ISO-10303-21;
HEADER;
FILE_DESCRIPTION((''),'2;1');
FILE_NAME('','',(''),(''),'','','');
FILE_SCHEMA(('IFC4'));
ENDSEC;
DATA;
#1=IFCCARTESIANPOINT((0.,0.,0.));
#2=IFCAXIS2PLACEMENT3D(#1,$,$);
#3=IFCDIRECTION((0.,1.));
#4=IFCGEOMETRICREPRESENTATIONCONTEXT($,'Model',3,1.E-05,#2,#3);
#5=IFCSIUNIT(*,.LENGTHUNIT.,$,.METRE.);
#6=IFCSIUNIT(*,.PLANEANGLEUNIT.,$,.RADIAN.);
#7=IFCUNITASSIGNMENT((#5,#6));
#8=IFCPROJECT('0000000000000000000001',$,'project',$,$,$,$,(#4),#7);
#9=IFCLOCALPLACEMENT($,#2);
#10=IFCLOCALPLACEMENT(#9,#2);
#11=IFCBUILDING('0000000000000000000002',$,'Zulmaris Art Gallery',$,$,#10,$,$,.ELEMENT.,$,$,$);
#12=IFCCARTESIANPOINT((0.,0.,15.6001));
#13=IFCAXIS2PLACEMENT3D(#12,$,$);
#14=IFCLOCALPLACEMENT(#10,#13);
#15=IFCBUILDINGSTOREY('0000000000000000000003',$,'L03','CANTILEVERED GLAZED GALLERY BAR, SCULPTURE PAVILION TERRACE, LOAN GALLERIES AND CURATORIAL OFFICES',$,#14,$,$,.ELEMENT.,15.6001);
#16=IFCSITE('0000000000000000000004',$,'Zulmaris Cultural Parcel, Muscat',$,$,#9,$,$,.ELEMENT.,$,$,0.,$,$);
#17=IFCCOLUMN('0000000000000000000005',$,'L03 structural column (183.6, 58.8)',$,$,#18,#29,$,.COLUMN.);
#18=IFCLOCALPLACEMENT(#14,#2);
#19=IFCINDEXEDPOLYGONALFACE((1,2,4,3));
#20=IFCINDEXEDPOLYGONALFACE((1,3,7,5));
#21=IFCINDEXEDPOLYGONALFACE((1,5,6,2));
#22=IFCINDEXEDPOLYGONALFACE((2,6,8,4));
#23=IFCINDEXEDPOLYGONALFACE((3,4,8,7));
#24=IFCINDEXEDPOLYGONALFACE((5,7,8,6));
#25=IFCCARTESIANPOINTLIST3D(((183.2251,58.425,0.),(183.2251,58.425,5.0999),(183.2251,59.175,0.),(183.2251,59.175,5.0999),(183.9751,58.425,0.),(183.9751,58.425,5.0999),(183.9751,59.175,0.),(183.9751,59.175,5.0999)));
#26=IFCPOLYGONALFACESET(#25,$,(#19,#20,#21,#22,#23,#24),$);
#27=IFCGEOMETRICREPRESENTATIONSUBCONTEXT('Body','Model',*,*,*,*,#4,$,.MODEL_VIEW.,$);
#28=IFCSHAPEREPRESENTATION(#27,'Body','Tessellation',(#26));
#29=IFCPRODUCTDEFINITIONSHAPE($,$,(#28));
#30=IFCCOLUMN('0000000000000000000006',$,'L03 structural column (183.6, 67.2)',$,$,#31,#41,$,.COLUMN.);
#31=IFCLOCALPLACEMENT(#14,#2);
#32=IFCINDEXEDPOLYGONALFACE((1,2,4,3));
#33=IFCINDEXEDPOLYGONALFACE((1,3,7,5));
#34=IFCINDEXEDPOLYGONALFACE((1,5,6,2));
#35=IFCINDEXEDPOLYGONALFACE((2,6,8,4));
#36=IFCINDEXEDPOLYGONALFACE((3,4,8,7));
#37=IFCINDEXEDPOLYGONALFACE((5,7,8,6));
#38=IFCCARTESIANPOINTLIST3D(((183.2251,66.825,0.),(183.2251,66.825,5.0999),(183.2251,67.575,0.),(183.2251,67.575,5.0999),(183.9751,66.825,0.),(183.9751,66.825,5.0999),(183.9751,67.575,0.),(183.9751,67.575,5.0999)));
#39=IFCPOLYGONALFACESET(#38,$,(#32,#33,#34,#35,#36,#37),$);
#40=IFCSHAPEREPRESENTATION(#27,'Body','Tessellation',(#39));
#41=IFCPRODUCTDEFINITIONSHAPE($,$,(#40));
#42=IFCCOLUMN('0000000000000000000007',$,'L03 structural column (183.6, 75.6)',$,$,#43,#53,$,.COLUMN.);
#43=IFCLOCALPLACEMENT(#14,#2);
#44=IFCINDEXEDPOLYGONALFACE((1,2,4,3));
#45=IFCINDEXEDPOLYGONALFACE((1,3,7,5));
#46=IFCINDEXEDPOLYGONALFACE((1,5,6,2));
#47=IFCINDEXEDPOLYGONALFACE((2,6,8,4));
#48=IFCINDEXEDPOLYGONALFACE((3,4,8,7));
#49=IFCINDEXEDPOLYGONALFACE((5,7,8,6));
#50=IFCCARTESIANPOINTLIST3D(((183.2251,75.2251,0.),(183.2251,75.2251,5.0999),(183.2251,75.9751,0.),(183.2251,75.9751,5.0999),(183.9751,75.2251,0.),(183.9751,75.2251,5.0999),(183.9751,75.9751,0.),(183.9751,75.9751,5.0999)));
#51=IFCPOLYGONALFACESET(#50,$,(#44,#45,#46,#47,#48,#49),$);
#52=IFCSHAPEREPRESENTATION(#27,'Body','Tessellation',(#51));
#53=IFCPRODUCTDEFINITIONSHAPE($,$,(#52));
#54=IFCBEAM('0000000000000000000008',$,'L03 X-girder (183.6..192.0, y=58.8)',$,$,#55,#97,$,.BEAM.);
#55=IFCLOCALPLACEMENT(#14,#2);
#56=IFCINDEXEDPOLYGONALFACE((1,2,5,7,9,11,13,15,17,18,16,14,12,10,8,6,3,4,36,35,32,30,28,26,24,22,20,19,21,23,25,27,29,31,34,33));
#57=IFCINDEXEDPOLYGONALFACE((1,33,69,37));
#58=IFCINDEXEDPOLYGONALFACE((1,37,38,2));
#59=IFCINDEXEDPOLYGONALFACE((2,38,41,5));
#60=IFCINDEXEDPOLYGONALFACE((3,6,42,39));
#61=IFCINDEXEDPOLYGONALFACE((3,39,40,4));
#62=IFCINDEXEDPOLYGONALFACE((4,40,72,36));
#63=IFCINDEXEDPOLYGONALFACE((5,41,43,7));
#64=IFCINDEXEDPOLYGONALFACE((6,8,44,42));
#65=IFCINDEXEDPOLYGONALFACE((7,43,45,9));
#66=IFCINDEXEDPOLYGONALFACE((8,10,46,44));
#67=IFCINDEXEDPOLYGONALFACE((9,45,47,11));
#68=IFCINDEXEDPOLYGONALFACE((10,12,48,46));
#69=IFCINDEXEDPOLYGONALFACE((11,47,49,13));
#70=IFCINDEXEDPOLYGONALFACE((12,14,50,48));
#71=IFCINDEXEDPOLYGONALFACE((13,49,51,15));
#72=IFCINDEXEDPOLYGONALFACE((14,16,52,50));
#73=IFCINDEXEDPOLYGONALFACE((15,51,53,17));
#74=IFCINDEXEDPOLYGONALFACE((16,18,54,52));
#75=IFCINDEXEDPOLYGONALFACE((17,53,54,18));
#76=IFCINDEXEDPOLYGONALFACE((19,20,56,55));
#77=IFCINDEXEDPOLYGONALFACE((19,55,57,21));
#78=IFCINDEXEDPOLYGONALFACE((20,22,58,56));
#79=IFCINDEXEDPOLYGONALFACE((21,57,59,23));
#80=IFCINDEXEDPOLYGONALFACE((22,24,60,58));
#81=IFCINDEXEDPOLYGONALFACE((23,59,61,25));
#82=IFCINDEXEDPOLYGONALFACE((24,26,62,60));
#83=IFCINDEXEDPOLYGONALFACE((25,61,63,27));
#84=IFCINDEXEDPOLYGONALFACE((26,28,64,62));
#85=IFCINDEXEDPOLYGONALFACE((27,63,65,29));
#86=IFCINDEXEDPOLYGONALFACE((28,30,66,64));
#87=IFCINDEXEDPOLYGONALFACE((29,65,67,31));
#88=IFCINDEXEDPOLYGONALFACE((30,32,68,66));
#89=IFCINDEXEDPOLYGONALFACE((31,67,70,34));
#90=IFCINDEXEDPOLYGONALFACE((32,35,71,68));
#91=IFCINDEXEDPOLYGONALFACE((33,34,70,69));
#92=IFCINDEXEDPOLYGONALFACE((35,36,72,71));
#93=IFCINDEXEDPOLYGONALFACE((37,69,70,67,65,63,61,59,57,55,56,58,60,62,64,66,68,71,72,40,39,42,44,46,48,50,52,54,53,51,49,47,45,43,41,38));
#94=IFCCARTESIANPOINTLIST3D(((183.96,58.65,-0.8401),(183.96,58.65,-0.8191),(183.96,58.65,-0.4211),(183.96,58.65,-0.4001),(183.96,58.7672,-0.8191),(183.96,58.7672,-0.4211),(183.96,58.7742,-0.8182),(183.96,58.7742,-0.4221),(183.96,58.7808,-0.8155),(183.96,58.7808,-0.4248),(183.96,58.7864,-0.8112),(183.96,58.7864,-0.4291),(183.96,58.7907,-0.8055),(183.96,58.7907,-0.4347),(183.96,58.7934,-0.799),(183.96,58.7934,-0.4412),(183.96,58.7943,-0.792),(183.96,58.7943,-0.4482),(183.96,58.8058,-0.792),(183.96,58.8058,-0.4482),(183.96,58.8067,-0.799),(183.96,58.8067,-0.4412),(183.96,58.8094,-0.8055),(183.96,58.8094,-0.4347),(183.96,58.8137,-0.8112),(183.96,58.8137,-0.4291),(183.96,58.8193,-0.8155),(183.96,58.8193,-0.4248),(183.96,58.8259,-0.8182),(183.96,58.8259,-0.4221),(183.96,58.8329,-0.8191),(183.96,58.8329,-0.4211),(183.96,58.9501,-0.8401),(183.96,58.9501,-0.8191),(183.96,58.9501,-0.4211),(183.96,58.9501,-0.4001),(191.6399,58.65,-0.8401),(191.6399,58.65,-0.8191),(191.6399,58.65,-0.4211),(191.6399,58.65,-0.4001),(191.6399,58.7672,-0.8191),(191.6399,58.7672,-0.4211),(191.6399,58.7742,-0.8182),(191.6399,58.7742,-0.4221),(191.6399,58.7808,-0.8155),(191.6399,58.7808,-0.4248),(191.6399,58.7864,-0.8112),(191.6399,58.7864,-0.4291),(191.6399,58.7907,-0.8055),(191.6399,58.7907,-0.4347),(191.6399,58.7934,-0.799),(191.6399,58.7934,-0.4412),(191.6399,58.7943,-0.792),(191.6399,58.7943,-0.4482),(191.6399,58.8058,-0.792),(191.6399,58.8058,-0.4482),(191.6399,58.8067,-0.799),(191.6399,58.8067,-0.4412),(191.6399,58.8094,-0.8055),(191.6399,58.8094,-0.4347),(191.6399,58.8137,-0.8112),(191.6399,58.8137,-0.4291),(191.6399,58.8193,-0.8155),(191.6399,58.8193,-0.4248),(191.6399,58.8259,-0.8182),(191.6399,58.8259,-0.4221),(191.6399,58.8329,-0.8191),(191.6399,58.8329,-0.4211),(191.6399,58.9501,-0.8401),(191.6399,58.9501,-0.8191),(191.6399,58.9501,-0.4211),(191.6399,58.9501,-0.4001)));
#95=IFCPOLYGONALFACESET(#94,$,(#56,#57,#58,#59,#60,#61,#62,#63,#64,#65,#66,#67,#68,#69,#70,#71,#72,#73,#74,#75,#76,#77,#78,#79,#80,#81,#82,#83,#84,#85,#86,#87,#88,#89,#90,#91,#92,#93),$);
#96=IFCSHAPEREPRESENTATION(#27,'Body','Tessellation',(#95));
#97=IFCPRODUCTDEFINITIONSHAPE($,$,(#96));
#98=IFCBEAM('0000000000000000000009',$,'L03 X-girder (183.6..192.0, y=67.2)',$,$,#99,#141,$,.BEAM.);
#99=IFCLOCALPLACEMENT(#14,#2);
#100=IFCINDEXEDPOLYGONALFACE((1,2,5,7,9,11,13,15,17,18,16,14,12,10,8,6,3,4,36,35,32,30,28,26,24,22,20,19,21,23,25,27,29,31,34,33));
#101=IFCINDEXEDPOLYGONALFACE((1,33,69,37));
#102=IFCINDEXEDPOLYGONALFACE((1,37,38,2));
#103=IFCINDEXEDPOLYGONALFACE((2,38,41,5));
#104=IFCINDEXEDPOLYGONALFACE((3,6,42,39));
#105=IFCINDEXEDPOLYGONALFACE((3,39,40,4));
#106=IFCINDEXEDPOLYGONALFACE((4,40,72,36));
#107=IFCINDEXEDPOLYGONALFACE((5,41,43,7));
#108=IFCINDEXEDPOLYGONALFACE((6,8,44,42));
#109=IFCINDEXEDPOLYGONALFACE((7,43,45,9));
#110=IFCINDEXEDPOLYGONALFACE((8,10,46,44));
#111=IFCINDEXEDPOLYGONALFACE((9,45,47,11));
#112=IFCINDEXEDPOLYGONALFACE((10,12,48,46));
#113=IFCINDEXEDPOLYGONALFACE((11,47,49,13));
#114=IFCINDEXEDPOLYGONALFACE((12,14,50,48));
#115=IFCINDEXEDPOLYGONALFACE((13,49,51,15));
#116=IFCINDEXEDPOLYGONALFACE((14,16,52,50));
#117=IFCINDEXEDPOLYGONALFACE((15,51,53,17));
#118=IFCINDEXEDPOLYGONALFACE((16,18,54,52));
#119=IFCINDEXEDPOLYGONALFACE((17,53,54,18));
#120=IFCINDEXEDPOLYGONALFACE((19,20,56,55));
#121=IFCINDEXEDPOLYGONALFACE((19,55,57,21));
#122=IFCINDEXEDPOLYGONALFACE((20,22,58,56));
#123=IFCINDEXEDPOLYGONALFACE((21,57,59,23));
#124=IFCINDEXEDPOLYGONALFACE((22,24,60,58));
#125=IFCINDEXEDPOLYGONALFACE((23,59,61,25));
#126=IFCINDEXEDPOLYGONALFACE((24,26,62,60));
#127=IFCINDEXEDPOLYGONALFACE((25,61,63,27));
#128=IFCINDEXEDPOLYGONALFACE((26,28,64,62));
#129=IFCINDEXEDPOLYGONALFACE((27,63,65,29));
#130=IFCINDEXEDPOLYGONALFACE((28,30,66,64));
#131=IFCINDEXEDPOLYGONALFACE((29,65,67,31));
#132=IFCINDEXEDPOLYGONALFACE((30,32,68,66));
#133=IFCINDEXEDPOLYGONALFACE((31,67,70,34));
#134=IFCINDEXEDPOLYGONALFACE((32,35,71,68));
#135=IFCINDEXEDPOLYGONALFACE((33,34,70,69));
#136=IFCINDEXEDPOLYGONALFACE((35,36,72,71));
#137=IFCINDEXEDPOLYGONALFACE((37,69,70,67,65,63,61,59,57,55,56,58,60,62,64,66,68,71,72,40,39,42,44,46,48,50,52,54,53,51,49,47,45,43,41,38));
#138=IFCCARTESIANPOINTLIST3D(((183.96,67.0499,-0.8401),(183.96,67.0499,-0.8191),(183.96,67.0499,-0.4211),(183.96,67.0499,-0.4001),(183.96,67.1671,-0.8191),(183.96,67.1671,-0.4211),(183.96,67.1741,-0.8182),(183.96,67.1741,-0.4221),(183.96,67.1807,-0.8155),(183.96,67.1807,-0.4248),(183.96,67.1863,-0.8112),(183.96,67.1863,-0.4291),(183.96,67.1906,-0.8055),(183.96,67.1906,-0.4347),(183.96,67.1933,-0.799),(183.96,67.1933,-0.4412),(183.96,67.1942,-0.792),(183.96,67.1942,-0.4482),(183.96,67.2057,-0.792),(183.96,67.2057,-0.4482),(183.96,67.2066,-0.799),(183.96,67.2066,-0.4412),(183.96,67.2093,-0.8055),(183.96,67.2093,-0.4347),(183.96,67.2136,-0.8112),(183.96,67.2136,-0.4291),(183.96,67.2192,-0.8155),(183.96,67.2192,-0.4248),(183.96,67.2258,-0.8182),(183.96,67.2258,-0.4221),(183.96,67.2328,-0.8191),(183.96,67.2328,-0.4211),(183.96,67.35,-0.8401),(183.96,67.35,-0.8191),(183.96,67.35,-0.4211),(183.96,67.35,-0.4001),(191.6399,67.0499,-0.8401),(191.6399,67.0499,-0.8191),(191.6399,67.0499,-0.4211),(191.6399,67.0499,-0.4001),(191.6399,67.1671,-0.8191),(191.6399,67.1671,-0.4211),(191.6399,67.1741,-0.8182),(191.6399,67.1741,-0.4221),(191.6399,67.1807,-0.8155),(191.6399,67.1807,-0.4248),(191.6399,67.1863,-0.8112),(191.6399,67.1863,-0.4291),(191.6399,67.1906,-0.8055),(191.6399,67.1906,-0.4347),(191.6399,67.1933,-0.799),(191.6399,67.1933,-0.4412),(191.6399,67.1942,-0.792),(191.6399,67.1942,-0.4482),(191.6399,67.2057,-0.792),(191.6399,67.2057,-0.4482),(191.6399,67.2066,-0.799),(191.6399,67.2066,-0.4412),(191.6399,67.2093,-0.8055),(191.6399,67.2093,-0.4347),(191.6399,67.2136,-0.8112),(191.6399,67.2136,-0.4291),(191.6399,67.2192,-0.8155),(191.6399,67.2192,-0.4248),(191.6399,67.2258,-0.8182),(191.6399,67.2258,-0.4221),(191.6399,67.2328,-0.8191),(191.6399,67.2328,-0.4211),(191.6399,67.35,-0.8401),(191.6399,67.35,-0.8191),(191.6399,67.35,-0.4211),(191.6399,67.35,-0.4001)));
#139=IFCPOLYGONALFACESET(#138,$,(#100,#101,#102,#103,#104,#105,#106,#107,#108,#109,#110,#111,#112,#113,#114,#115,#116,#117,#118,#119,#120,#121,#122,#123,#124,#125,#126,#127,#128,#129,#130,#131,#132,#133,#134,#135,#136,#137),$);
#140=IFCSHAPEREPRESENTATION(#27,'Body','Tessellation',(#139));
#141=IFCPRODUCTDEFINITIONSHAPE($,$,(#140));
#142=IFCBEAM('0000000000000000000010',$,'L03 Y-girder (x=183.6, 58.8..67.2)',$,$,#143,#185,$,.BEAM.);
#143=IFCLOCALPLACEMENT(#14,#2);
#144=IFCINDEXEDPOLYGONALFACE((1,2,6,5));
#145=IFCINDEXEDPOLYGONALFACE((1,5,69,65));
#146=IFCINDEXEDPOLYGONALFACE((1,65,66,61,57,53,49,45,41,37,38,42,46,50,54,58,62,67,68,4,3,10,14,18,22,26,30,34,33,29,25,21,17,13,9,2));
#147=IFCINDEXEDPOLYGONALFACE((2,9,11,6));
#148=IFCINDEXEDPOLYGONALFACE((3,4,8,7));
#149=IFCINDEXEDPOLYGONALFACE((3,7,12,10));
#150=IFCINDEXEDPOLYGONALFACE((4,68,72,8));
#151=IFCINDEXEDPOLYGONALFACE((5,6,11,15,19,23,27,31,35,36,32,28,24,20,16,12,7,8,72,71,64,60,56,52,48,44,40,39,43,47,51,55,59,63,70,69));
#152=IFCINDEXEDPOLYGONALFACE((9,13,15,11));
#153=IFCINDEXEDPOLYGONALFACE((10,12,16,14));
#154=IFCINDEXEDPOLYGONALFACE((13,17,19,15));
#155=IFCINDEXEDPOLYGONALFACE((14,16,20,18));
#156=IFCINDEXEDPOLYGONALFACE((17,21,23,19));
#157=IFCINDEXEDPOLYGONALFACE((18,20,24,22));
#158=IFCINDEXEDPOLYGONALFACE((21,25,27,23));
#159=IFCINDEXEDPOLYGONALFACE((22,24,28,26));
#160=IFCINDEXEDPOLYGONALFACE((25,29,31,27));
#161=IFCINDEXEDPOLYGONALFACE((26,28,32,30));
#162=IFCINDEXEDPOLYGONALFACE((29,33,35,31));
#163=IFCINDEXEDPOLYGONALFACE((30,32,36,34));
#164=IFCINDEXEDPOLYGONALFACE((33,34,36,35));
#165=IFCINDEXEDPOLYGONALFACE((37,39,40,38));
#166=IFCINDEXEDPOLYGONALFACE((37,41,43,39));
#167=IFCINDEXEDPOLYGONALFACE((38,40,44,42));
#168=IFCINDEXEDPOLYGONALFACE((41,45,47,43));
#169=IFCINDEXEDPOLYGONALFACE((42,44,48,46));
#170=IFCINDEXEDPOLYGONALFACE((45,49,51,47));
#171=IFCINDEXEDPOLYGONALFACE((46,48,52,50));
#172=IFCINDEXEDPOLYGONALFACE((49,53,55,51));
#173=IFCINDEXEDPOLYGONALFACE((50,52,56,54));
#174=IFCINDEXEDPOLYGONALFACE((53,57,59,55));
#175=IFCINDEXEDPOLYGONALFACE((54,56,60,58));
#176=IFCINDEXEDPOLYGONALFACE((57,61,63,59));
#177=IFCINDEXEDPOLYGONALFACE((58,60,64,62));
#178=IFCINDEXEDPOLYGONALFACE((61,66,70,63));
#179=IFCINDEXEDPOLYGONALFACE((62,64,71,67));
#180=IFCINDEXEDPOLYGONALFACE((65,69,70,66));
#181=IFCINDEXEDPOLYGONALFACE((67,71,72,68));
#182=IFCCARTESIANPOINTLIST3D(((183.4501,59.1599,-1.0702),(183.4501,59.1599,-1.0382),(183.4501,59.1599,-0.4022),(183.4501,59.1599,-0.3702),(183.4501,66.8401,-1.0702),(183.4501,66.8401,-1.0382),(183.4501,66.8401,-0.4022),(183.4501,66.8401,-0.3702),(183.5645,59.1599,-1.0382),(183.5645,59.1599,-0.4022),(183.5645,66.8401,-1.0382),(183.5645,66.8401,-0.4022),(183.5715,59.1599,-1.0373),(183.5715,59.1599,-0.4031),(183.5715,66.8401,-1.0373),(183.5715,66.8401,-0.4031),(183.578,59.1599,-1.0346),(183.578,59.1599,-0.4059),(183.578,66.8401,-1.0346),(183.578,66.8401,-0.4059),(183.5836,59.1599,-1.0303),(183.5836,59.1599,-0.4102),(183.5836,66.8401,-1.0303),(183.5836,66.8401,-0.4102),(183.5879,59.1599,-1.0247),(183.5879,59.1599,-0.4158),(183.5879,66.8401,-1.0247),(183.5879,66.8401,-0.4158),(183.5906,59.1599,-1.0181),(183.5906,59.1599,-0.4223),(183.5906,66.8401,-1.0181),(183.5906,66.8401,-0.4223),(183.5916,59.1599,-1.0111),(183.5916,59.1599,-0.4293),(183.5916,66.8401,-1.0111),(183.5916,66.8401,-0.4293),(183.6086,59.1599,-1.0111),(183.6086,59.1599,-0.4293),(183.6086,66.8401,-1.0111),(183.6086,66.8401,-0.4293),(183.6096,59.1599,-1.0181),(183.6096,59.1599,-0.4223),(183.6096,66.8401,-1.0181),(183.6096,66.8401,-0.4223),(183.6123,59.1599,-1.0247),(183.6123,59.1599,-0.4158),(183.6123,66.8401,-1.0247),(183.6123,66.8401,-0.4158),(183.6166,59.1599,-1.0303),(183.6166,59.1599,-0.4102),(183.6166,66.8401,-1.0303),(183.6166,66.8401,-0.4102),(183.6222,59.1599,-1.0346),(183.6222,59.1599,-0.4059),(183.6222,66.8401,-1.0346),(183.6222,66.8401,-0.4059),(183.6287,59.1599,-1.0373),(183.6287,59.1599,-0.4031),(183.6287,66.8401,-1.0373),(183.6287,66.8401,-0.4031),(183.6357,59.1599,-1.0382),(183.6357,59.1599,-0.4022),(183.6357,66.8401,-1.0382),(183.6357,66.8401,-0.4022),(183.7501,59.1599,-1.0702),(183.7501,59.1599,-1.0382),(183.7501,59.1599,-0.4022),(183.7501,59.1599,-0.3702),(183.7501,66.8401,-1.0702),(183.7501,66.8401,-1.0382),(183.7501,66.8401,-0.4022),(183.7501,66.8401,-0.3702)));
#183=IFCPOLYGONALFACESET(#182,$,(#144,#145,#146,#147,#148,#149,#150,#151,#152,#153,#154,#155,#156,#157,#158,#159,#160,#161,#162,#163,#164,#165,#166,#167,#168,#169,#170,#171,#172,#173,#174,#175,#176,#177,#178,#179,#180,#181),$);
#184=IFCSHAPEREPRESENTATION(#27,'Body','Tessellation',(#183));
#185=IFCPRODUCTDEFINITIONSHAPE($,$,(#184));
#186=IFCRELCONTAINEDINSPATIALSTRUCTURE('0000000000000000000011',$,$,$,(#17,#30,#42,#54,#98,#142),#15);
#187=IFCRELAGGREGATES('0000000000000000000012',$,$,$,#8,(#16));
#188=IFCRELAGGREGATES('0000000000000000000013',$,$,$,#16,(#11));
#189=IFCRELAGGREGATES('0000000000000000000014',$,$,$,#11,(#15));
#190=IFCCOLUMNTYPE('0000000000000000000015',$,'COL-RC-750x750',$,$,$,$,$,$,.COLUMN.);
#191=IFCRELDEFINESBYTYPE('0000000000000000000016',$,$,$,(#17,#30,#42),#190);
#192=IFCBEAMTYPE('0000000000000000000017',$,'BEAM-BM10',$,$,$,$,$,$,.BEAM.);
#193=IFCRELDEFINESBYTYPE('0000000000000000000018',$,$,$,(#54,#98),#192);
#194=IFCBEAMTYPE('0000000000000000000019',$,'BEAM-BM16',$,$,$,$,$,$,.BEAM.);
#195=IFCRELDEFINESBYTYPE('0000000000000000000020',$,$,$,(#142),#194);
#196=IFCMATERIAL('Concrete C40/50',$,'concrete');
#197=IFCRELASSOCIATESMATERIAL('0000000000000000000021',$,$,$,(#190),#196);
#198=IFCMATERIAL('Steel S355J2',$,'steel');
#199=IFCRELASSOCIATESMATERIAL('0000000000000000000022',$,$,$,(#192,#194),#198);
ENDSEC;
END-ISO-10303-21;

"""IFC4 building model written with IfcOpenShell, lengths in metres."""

from ifc_helpers import new_model, si_unit, direction, frame, origin, origin_2d, place, context, subcontext, project, spatial, rectangle, i_section, extrude, material, material_profile, profile_set, type_object, element, save


model = new_model("IFC4")

# Units and contexts
model_context = context("Model", 3, precision=1e-05, world=origin(), true_north=direction((0.0, 1.0)))
body_context = subcontext(model_context, "Body", "Model", "MODEL_VIEW")
ifc_project = project(units=[si_unit("LENGTHUNIT", "METRE"), si_unit("PLANEANGLEUNIT", "RADIAN")], contexts=[model_context])

# Site, building, storey
site_placement = place(None, origin())
site = spatial("IfcSite", under=ifc_project, at=site_placement, Name="Zulmaris Cultural Parcel, Muscat", CompositionType="ELEMENT", RefElevation=0.0)
building_placement = place(site_placement, origin())
building = spatial("IfcBuilding", under=site, at=building_placement, Name="Zulmaris Art Gallery", CompositionType="ELEMENT")
storey_placement = place(building_placement, frame((0.0, 0.0, 15.6001)))
storey = spatial("IfcBuildingStorey", under=building, at=storey_placement, Name="L03", Description="CANTILEVERED GLAZED GALLERY BAR, SCULPTURE PAVILION TERRACE, LOAN GALLERIES AND CURATORIAL OFFICES", CompositionType="ELEMENT", Elevation=15.6001)

# Columns
ifc_material_1 = material(Name="Concrete C40/50", Category="concrete")
ifc_material_profile_1 = material_profile(ifc_material_1, rectangle(XDim=0.75, YDim=0.75, at=origin_2d()), Name="RC 750x750")
ifc_profile_set_1 = profile_set([ifc_material_profile_1], Name="Concrete C40/50")
column_type = type_object("IfcColumnType", Name="COL-RC-750x750", PredefinedType="COLUMN", material=ifc_profile_set_1)
for number, where, z_axis, x_axis, name in (
    (1, (183.6001, 58.8, 0.0), (0.0, 0.0, 1.0), (1.0, 0.0, 0.0), "L03 structural column (183.6, 58.8)"),
    (2, (183.6001, 67.2, 0.0), (0.0, 0.0, 1.0), (1.0, 0.0, 0.0), "L03 structural column (183.6, 67.2)"),
    (3, (183.6001, 75.6001, 0.0), (0.0, 0.0, 1.0), (1.0, 0.0, 0.0), "L03 structural column (183.6, 75.6)"),
):
    element("IfcColumn", number, at=place(storey_placement, frame(where, z_axis=z_axis, x_axis=x_axis)), inside=storey, type_object=column_type, Name=name, PredefinedType="COLUMN", context=body_context, shape_type="SweptSolid", body=[
        extrude(rectangle(XDim=0.75, YDim=0.75, at=origin_2d()), origin(), (0.0, 0.0, 1.0), 5.0999),
    ])

# Beams
ifc_material_2 = material(Name="Steel S355J2", Category="steel")
ifc_material_profile_2 = material_profile(ifc_material_2, i_section(OverallWidth=0.3, OverallDepth=0.4399, WebThickness=0.0115, FlangeThickness=0.021, FilletRadius=0.0271, at=origin_2d()), Name="HEA 450")
ifc_profile_set_2 = profile_set([ifc_material_profile_2], Name="Steel S355J2")
beam_type_1 = type_object("IfcBeamType", Name="BEAM-BM10", PredefinedType="BEAM", material=ifc_profile_set_2)
for number, where, z_axis, x_axis, name in (
    (4, (183.96, 58.8, -0.6201), (1.0, 0.0, 0.0), (0.0, 1.0, 0.0), "L03 X-girder (183.6..192.0, y=58.8)"),
    (5, (183.96, 67.2, -0.6201), (1.0, 0.0, 0.0), (0.0, 1.0, 0.0), "L03 X-girder (183.6..192.0, y=67.2)"),
):
    element("IfcBeam", number, at=place(storey_placement, frame(where, z_axis=z_axis, x_axis=x_axis)), inside=storey, type_object=beam_type_1, Name=name, PredefinedType="BEAM", context=body_context, shape_type="SweptSolid", body=[
        extrude(i_section(OverallWidth=0.3, OverallDepth=0.4399, WebThickness=0.0115, FlangeThickness=0.021, FilletRadius=0.0271, at=origin_2d()), origin(), (0.0, 0.0, 1.0), 7.6799),
    ])
ifc_material_profile_3 = material_profile(ifc_material_2, i_section(OverallWidth=0.3, OverallDepth=0.7, WebThickness=0.0171, FlangeThickness=0.032, FilletRadius=0.0271, at=origin_2d()), Name="HEB 700")
ifc_profile_set_3 = profile_set([ifc_material_profile_3], Name="Steel S355J2")
beam_type_2 = type_object("IfcBeamType", Name="BEAM-BM16", PredefinedType="BEAM", material=ifc_profile_set_3)
beam_1_placement = place(storey_placement, frame((183.6001, 59.1599, -0.7202), z_axis=(0.0, 1.0, 0.0), x_axis=(-1.0, 0.0, 0.0)))
element("IfcBeam", 6, at=beam_1_placement, inside=storey, type_object=beam_type_2, Name="L03 Y-girder (x=183.6, 58.8..67.2)", PredefinedType="BEAM", context=body_context, shape_type="SweptSolid", body=[
    extrude(i_section(OverallWidth=0.3, OverallDepth=0.7, WebThickness=0.0171, FlangeThickness=0.032, FilletRadius=0.0271, at=origin_2d()), origin(), (0.0, 0.0, 1.0), 7.6802),
])

save(model, "model.ifc")
